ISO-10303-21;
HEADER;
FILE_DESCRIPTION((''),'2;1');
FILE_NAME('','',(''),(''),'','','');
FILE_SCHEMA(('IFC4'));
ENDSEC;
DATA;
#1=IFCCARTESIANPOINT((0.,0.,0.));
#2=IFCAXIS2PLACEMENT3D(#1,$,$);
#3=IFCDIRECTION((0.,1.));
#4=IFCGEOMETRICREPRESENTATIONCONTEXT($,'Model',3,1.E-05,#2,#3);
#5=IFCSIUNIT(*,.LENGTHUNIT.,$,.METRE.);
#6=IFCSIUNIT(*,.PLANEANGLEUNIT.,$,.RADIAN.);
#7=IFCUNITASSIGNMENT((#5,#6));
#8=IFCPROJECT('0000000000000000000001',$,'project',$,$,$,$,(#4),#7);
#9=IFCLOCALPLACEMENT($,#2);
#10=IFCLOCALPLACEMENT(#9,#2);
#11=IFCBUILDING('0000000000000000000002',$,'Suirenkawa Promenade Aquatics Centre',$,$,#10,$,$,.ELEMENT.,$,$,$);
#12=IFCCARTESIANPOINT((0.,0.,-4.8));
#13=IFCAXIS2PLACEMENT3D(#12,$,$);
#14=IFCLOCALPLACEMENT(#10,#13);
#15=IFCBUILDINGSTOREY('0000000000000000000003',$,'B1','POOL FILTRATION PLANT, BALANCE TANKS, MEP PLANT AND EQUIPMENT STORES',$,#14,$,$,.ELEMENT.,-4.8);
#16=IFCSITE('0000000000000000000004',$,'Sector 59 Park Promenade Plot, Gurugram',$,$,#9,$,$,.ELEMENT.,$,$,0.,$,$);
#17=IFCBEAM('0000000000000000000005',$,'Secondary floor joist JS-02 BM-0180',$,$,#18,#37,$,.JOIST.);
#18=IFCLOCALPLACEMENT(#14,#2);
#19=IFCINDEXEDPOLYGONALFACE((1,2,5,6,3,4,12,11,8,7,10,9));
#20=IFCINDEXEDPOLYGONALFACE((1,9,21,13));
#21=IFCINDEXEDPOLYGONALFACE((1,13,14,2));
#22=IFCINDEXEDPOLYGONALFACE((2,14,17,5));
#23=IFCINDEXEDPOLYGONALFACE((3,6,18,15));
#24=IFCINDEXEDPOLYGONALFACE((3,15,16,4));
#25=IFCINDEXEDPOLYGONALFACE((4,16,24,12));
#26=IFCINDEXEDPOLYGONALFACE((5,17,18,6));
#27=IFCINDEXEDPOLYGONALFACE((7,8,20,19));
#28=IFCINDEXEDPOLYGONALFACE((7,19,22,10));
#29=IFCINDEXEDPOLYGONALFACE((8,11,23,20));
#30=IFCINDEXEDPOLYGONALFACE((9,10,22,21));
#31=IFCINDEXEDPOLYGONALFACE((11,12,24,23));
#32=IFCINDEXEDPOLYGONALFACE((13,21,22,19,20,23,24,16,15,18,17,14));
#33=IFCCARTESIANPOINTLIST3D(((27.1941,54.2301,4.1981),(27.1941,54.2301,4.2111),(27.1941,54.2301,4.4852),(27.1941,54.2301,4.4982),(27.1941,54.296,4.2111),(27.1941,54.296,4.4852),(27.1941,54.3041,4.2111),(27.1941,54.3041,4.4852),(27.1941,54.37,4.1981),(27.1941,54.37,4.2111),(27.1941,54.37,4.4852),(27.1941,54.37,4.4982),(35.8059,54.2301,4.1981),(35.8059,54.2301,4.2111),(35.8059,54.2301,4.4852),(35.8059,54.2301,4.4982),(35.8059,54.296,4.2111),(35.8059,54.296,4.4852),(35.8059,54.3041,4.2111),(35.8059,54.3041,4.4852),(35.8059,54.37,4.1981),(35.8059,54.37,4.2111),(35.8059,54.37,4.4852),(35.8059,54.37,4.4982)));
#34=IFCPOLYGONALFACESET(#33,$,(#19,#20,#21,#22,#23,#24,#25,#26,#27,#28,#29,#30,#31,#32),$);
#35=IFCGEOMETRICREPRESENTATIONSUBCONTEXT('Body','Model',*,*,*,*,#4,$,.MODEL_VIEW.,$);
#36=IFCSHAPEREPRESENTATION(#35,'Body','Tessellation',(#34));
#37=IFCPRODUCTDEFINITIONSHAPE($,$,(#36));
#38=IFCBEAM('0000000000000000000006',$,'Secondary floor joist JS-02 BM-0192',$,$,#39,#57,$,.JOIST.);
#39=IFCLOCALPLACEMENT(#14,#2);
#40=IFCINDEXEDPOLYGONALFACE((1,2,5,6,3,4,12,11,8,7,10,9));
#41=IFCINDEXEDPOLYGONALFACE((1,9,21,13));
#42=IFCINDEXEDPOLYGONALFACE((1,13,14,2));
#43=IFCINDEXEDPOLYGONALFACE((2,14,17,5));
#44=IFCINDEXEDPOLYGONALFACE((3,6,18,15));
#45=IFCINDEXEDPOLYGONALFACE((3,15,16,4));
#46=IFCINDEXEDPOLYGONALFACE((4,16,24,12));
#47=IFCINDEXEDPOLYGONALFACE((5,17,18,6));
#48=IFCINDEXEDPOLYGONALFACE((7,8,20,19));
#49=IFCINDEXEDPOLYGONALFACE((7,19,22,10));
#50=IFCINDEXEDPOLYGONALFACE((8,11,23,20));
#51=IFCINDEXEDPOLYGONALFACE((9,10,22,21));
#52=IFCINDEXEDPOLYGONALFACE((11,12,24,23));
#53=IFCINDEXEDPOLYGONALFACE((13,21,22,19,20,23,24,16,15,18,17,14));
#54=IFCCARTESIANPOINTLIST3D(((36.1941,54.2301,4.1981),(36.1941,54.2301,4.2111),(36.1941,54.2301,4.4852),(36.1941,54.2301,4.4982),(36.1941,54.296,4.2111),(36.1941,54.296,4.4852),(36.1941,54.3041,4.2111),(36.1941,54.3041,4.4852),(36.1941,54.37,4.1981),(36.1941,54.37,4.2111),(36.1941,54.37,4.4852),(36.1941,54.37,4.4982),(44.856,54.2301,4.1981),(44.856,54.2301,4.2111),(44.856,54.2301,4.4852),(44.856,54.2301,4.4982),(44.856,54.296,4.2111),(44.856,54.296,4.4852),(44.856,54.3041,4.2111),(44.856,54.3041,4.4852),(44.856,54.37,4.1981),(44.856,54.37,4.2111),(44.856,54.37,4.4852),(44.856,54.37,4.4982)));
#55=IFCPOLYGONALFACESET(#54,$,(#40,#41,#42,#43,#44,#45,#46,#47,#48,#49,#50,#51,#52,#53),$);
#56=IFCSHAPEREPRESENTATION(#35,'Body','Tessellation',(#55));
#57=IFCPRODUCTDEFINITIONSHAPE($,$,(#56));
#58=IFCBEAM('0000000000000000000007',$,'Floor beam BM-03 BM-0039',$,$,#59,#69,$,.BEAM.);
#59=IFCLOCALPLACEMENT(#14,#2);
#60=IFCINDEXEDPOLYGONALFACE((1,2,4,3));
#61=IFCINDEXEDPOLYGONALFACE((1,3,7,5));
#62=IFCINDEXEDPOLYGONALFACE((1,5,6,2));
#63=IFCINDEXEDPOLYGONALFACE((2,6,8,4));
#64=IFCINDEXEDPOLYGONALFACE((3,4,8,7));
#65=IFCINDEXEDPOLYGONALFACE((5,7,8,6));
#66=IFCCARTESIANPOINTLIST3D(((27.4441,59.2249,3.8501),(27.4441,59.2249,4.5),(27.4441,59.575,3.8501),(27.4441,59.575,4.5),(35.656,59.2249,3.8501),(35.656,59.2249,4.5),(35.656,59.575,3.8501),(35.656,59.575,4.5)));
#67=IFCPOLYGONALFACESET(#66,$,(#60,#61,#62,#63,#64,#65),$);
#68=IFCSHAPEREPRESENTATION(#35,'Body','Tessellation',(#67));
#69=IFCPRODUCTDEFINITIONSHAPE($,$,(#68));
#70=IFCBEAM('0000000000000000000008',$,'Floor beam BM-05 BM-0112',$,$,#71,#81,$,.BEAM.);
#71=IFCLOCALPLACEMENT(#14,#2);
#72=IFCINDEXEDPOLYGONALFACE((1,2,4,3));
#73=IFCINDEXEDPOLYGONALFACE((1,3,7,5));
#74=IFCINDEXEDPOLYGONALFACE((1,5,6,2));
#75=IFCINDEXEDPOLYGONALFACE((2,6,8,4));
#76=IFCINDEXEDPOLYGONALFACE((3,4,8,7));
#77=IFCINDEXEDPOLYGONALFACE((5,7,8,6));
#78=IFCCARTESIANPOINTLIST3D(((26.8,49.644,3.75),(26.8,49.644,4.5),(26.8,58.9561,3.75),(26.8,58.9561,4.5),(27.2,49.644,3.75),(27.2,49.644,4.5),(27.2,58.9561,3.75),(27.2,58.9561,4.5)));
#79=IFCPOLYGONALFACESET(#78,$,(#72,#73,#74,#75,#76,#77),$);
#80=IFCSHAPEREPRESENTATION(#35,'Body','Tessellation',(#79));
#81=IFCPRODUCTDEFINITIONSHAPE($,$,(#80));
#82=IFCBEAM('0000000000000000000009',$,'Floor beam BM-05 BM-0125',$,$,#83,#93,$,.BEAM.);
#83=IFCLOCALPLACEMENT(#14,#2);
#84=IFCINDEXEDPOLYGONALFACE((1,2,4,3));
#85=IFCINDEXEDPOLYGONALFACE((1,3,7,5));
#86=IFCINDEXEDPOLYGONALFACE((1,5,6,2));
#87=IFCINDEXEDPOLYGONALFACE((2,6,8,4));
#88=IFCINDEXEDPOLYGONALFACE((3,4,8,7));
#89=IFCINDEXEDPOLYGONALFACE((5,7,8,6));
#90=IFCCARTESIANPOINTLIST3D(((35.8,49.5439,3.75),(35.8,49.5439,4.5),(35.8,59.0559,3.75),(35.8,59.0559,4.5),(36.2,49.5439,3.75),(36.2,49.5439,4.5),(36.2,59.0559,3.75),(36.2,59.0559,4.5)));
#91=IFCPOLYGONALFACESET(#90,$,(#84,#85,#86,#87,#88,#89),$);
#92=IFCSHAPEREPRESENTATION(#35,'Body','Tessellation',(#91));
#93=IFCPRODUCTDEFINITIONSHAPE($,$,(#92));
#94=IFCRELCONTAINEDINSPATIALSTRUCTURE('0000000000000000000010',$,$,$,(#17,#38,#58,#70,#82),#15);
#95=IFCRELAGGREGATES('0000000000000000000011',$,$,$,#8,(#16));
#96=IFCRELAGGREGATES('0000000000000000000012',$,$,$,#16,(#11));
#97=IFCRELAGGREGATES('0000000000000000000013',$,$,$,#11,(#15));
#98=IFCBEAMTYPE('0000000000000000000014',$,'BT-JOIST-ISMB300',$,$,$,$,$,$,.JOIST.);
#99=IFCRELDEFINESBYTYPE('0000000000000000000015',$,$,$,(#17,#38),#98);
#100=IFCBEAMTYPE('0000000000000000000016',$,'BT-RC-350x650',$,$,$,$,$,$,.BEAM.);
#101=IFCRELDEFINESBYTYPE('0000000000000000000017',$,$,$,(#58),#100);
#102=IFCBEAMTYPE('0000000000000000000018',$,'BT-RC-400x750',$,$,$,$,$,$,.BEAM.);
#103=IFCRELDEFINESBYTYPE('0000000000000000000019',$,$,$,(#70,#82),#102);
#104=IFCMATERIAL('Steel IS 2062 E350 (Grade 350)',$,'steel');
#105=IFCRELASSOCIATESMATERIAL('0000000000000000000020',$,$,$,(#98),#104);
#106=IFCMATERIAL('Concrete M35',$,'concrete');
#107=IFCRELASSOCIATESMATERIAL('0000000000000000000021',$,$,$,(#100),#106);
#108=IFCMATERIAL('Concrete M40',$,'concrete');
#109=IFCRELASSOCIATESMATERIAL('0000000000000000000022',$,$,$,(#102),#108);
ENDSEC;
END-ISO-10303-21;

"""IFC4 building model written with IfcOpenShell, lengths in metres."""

from ifc_helpers import new_model, si_unit, direction, frame, origin, origin_2d, place, context, subcontext, project, spatial, rectangle, i_section, extrude, material, material_profile, profile_set, type_object, element, save


model = new_model("IFC4")

# Units and contexts
model_context = context("Model", 3, precision=1e-05, world=origin(), true_north=direction((0.0, 1.0)))
body_context = subcontext(model_context, "Body", "Model", "MODEL_VIEW")
ifc_project = project(units=[si_unit("LENGTHUNIT", "METRE"), si_unit("PLANEANGLEUNIT", "RADIAN")], contexts=[model_context])

# Site, building, storey
site_placement = place(None, origin())
site = spatial("IfcSite", under=ifc_project, at=site_placement, Name="Sector 59 Park Promenade Plot, Gurugram", CompositionType="ELEMENT", RefElevation=0.0)
building_placement = place(site_placement, origin())
building = spatial("IfcBuilding", under=site, at=building_placement, Name="Suirenkawa Promenade Aquatics Centre", CompositionType="ELEMENT")
storey_placement = place(building_placement, frame((0.0, 0.0, -4.8)))
storey = spatial("IfcBuildingStorey", under=building, at=storey_placement, Name="B1", Description="POOL FILTRATION PLANT, BALANCE TANKS, MEP PLANT AND EQUIPMENT STORES", CompositionType="ELEMENT", Elevation=-4.8)

# Shared definitions
ifc_material_1 = material(Name="Concrete M35", Category="concrete")

# Shared definitions
ifc_material_2 = material(Name="Concrete M40", Category="concrete")

# Beams
ifc_material_3 = material(Name="Steel IS 2062 E350 (Grade 350)", Category="steel")
ifc_material_profile_1 = material_profile(ifc_material_3, i_section(OverallWidth=0.1399, OverallDepth=0.3, WebThickness=0.0081, FlangeThickness=0.0129, at=origin_2d()), Name="ISMB 300", Category="steel")
ifc_profile_set_1 = profile_set([ifc_material_profile_1], Name="Steel IS 2062 E350 (Grade 350)")
beam_type_1 = type_object("IfcBeamType", Name="BT-JOIST-ISMB300", PredefinedType="JOIST", material=ifc_profile_set_1)
beam_1_placement = place(storey_placement, frame((27.1941, 54.3, 4.3481), z_axis=(1.0, 0.0, 0.0), x_axis=(0.0, 1.0, 0.0)))
element("IfcBeam", 1, at=beam_1_placement, inside=storey, type_object=beam_type_1, Name="Secondary floor joist JS-02 BM-0180", PredefinedType="JOIST", context=body_context, shape_type="SweptSolid", body=[
    extrude(i_section(OverallWidth=0.1399, OverallDepth=0.3, WebThickness=0.0081, FlangeThickness=0.0129, at=origin_2d()), origin(), (0.0, 0.0, 1.0), 8.6118),
])
beam_2_placement = place(storey_placement, frame((36.1941, 54.3, 4.3481), z_axis=(1.0, 0.0, 0.0), x_axis=(0.0, 1.0, 0.0)))
element("IfcBeam", 2, at=beam_2_placement, inside=storey, type_object=beam_type_1, Name="Secondary floor joist JS-02 BM-0192", PredefinedType="JOIST", context=body_context, shape_type="SweptSolid", body=[
    extrude(i_section(OverallWidth=0.1399, OverallDepth=0.3, WebThickness=0.0081, FlangeThickness=0.0129, at=origin_2d()), origin(), (0.0, 0.0, 1.0), 8.6619),
])
ifc_material_profile_2 = material_profile(ifc_material_1, rectangle(XDim=0.3501, YDim=0.6499, at=origin_2d()), Name="RC BM 350x650", Category="concrete")
ifc_profile_set_2 = profile_set([ifc_material_profile_2], Name="Concrete M35")
beam_type_2 = type_object("IfcBeamType", Name="BT-RC-350x650", PredefinedType="BEAM", material=ifc_profile_set_2)
beam_3_placement = place(storey_placement, frame((27.4441, 59.3999, 4.175), z_axis=(1.0, 0.0, 0.0), x_axis=(0.0, 1.0, 0.0)))
element("IfcBeam", 3, at=beam_3_placement, inside=storey, type_object=beam_type_2, Name="Floor beam BM-03 BM-0039", PredefinedType="BEAM", context=body_context, shape_type="SweptSolid", body=[
    extrude(rectangle(XDim=0.3501, YDim=0.6499, at=origin_2d()), origin(), (0.0, 0.0, 1.0), 8.2119),
])
ifc_material_profile_3 = material_profile(ifc_material_2, rectangle(XDim=0.3999, YDim=0.75, at=origin_2d()), Name="RC BM 400x750", Category="concrete")
ifc_profile_set_3 = profile_set([ifc_material_profile_3], Name="Concrete M40")
beam_type_3 = type_object("IfcBeamType", Name="BT-RC-400x750", PredefinedType="BEAM", material=ifc_profile_set_3)
beam_4_placement = place(storey_placement, frame((27.0, 49.644, 4.125), z_axis=(0.0, 1.0, 0.0), x_axis=(-1.0, 0.0, 0.0)))
element("IfcBeam", 4, at=beam_4_placement, inside=storey, type_object=beam_type_3, Name="Floor beam BM-05 BM-0112", PredefinedType="BEAM", context=body_context, shape_type="SweptSolid", body=[
    extrude(rectangle(XDim=0.3999, YDim=0.75, at=origin_2d()), origin(), (0.0, 0.0, 1.0), 9.312),
])
beam_5_placement = place(storey_placement, frame((36.0, 49.5439, 4.125), z_axis=(0.0, 1.0, 0.0), x_axis=(-1.0, 0.0, 0.0)))
element("IfcBeam", 5, at=beam_5_placement, inside=storey, type_object=beam_type_3, Name="Floor beam BM-05 BM-0125", PredefinedType="BEAM", context=body_context, shape_type="SweptSolid", body=[
    extrude(rectangle(XDim=0.3999, YDim=0.75, at=origin_2d()), origin(), (0.0, 0.0, 1.0), 9.512),
])

save(model, "model.ifc")
